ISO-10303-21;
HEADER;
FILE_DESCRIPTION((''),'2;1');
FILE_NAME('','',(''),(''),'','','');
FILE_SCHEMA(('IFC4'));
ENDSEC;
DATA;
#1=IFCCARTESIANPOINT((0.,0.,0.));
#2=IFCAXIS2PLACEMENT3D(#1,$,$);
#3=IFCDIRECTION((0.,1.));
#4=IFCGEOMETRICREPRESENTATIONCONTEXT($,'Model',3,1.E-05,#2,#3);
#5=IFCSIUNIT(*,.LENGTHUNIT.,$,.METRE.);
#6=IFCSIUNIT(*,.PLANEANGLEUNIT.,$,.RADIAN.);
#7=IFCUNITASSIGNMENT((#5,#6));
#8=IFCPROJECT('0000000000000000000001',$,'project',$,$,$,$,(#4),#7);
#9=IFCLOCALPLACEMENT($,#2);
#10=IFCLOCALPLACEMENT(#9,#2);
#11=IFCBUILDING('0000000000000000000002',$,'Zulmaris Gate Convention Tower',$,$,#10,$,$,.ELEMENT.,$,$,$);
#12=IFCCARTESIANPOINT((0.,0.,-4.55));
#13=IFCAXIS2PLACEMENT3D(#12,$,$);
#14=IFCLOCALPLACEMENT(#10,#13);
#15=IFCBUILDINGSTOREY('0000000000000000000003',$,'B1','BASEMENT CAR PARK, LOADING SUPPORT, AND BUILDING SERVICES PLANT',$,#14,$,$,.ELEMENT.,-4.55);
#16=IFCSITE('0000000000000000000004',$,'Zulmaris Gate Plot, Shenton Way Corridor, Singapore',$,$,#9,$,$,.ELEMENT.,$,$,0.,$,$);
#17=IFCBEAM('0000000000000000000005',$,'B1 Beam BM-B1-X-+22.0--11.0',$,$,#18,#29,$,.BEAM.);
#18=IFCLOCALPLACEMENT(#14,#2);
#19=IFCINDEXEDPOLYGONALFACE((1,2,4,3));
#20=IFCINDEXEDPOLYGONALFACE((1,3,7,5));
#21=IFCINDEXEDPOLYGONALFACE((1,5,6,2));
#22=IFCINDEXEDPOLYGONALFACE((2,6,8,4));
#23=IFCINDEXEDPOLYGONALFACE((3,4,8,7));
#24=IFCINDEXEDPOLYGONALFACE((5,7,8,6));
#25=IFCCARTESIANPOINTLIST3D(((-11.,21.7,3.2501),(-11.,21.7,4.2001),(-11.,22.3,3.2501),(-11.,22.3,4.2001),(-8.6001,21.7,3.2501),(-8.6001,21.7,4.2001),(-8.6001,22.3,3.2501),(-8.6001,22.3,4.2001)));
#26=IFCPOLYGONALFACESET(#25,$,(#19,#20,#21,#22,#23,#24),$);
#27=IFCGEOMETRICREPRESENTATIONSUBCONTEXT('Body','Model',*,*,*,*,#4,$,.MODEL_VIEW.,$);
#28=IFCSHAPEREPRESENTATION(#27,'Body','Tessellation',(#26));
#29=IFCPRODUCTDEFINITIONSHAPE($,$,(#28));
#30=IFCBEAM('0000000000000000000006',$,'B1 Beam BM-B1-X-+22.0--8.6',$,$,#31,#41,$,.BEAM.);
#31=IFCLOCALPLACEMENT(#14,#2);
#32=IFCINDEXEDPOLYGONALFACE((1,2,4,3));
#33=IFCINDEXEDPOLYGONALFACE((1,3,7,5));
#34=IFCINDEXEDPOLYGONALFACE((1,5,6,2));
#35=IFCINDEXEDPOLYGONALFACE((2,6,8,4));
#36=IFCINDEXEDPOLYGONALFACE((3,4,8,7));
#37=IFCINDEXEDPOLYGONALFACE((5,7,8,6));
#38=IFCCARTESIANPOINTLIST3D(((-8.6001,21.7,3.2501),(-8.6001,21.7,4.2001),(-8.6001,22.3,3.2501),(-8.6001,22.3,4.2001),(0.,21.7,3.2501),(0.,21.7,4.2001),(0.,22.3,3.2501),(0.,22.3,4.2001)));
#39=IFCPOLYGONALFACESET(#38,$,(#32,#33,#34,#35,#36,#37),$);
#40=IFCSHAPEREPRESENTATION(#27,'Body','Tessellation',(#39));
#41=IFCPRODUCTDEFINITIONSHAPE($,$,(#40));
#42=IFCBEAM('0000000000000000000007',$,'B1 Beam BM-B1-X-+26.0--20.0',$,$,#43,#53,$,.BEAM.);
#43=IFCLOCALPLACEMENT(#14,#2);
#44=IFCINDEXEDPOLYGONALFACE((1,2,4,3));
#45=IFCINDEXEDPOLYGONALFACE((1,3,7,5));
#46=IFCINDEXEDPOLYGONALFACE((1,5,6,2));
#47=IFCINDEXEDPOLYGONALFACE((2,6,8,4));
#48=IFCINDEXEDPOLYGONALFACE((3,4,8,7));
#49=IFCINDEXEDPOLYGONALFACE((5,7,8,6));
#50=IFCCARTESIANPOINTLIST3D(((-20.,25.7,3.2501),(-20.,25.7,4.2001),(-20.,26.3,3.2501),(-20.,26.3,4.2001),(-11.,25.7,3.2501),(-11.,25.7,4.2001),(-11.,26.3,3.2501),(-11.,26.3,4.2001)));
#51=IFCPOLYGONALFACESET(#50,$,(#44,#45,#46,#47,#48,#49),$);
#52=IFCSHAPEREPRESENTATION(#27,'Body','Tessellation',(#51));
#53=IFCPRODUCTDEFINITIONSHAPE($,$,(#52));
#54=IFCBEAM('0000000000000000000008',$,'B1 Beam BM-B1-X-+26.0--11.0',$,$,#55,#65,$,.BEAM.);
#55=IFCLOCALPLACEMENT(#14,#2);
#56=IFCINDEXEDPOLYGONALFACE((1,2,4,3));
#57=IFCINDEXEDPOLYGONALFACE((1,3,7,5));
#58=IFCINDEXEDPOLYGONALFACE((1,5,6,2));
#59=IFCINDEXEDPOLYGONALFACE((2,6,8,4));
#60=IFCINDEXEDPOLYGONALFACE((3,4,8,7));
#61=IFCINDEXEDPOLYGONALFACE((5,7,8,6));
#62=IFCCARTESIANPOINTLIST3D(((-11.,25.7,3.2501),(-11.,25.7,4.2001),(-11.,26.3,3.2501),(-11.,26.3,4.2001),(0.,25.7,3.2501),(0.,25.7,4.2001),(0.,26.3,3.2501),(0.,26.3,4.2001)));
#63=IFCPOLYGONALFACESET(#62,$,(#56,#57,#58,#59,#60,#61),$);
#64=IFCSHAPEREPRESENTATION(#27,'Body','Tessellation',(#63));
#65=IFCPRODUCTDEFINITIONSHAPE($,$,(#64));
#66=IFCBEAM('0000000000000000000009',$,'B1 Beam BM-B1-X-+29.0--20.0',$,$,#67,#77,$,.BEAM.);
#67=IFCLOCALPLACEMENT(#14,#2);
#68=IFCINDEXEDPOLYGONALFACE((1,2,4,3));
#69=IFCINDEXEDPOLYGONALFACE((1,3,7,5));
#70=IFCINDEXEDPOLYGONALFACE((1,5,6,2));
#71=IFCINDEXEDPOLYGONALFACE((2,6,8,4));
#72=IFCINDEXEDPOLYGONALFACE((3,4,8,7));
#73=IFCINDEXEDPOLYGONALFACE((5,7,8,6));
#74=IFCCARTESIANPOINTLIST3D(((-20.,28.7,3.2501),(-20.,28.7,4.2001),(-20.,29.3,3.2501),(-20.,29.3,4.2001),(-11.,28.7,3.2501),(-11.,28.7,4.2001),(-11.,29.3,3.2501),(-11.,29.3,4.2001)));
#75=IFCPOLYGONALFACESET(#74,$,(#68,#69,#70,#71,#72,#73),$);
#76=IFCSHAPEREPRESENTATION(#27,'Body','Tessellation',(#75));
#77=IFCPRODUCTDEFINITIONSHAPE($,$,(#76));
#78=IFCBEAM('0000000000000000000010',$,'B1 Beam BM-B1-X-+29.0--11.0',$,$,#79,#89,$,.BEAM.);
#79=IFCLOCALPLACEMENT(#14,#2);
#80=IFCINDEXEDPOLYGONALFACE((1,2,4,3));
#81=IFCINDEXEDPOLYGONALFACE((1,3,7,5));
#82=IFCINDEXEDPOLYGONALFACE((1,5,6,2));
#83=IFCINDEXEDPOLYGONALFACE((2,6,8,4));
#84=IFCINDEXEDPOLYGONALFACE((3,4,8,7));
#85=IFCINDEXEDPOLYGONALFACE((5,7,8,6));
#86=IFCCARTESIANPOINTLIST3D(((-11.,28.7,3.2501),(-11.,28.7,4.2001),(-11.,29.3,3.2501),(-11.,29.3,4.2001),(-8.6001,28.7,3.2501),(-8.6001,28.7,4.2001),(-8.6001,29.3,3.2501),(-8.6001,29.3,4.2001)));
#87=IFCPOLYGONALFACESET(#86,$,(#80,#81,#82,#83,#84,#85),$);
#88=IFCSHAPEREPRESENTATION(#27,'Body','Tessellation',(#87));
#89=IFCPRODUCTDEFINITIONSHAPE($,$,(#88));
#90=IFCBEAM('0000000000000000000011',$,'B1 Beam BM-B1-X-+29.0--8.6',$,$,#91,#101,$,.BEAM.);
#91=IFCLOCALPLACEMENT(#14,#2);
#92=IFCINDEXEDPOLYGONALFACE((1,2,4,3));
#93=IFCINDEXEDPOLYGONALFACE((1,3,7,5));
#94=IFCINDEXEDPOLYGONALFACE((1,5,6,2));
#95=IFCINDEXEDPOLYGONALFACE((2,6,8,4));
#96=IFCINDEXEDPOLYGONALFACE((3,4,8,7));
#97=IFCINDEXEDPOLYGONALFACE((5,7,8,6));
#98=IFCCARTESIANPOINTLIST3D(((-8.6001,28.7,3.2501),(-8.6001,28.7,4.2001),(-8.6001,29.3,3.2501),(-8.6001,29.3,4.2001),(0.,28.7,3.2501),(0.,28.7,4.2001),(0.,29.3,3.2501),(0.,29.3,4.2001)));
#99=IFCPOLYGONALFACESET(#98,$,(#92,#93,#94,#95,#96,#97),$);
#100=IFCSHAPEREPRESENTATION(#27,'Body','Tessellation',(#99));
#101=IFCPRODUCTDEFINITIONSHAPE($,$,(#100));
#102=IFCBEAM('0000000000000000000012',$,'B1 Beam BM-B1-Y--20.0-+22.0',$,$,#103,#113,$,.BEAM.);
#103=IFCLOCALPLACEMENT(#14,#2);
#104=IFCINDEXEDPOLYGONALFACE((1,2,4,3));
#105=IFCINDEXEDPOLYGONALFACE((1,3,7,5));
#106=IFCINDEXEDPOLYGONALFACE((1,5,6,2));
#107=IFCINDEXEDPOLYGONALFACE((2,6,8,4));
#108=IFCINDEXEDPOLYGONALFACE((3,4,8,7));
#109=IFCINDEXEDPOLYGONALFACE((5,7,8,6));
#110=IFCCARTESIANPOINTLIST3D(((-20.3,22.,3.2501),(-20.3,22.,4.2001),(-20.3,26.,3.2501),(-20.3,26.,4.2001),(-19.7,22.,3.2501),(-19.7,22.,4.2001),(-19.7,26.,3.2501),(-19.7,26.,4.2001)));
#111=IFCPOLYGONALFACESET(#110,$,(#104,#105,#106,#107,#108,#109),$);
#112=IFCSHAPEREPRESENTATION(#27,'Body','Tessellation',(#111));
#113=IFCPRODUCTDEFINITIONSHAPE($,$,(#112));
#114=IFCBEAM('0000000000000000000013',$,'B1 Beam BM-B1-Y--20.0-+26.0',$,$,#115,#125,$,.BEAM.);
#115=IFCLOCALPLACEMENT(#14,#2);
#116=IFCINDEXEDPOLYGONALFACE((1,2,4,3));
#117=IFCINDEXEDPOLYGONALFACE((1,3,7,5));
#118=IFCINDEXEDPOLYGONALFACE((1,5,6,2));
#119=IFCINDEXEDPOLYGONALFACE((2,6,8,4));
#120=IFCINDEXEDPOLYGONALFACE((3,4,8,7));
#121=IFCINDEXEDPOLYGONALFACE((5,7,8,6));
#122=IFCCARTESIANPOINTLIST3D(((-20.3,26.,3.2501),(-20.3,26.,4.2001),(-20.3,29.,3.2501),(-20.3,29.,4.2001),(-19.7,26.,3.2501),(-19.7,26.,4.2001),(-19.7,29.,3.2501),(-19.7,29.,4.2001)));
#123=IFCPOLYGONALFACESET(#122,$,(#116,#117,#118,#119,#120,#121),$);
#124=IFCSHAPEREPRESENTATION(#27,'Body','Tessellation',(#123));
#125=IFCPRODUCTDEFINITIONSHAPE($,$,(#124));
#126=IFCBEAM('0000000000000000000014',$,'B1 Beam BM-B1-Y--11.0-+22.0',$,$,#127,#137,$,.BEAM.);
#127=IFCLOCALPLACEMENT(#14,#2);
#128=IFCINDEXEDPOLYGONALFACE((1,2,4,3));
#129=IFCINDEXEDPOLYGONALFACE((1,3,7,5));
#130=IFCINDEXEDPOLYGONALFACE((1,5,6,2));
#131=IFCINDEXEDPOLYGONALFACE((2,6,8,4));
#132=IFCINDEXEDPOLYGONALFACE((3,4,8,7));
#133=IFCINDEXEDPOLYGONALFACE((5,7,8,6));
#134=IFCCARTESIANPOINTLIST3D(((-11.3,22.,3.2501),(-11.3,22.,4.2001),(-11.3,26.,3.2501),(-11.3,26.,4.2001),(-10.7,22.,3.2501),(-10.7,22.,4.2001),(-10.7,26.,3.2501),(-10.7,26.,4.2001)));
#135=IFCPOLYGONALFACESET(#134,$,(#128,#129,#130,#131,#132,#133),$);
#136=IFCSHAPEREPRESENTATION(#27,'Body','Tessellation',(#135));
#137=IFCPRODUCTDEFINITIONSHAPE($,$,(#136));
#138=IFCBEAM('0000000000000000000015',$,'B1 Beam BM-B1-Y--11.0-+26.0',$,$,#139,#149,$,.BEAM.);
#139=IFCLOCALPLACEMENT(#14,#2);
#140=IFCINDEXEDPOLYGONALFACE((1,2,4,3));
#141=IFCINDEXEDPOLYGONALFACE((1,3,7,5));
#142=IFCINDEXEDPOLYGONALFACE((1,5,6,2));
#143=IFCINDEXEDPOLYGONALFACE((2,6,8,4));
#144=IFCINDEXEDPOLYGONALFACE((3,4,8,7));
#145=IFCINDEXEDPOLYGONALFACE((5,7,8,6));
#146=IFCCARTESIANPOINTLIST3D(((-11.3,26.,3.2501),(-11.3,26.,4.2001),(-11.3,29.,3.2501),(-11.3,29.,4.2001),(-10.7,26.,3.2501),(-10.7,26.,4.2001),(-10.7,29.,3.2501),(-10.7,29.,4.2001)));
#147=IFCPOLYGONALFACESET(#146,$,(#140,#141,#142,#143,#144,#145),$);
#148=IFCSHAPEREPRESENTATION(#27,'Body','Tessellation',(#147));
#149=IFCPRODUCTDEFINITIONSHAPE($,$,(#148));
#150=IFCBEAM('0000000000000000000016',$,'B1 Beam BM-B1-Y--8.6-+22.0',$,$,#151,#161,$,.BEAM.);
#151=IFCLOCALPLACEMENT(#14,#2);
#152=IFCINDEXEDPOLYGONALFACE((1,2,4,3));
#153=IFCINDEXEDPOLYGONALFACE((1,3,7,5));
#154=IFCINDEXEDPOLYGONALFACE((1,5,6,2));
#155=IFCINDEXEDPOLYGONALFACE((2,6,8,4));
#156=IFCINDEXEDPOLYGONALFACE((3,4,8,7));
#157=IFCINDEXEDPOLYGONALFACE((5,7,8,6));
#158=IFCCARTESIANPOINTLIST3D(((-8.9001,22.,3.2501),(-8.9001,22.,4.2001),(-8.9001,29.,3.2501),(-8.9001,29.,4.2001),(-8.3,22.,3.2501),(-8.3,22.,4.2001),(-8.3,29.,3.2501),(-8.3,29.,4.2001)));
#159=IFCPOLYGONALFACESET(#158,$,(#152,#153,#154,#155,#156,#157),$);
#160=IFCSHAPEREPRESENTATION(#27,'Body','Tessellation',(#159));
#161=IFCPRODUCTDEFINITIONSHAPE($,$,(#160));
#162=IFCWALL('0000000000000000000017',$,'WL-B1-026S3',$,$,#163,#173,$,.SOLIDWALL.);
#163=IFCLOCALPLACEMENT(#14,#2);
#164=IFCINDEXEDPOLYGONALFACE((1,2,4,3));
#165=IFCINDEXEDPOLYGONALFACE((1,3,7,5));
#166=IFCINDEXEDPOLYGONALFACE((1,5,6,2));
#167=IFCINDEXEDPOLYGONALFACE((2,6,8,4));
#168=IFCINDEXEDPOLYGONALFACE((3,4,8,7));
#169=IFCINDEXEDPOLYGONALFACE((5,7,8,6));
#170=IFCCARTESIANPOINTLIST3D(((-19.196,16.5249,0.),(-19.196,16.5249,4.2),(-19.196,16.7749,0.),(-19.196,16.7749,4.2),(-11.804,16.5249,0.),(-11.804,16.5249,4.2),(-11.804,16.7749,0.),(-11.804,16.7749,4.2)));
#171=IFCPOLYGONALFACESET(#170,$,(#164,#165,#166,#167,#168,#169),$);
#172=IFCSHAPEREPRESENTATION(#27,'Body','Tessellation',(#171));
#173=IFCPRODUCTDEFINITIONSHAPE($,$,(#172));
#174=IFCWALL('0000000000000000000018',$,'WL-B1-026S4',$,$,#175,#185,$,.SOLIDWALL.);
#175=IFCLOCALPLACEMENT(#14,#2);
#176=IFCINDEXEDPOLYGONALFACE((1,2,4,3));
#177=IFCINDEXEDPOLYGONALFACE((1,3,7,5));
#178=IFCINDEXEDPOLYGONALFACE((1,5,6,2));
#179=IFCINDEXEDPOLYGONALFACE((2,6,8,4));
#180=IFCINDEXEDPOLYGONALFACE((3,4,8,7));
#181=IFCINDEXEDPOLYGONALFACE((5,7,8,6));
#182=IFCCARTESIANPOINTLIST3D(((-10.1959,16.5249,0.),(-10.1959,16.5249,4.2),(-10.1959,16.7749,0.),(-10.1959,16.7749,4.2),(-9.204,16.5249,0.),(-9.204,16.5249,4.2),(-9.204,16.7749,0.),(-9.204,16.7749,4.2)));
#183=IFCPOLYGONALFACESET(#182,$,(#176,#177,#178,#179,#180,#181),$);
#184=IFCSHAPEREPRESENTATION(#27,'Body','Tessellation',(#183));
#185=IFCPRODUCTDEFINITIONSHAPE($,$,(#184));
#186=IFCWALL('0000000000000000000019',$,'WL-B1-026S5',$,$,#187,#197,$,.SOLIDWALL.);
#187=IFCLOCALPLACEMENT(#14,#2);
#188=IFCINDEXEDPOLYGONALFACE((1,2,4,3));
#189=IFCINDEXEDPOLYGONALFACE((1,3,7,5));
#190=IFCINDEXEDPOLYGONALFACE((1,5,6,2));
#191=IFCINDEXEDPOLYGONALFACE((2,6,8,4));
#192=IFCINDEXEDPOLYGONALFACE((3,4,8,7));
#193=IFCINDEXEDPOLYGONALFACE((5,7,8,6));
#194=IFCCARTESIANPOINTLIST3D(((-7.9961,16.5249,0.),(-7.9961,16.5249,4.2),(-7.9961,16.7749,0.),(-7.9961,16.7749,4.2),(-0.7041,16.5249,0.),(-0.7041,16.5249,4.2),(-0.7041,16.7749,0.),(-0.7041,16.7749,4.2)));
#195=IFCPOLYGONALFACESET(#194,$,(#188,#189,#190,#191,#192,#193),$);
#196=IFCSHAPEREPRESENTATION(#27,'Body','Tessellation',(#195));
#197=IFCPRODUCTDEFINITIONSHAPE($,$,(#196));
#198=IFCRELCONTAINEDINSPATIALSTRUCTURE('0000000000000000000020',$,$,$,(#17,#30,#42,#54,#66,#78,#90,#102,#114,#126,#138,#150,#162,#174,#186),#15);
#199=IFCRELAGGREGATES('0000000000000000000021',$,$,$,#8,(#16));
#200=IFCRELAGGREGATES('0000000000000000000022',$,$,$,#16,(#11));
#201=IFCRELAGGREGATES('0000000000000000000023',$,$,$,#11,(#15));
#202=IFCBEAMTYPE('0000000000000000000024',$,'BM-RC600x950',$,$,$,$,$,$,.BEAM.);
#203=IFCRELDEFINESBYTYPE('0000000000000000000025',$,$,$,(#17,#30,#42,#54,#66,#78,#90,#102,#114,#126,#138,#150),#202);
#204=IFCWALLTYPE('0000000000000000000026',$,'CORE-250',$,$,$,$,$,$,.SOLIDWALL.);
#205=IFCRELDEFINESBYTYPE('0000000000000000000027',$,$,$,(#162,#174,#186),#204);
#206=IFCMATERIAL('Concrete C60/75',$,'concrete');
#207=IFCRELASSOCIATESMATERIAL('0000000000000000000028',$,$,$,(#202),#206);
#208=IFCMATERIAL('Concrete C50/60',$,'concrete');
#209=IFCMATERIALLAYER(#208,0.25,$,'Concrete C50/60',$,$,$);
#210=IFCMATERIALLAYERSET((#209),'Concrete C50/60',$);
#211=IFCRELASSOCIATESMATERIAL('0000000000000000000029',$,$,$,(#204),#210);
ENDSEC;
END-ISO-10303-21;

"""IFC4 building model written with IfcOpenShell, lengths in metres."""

from ifc_helpers import new_model, si_unit, direction, frame, frame_2d, origin, origin_2d, place, context, subcontext, project, spatial, rectangle, extrude, material, layer, layer_set, material_profile, profile_set, type_object, element, save


model = new_model("IFC4")

# Units and contexts
model_context = context("Model", 3, precision=1e-05, world=origin(), true_north=direction((0.0, 1.0)))
body_context = subcontext(model_context, "Body", "Model", "MODEL_VIEW")
ifc_project = project(units=[si_unit("LENGTHUNIT", "METRE"), si_unit("PLANEANGLEUNIT", "RADIAN")], contexts=[model_context])

# Site, building, storey
site_placement = place(None, origin())
site = spatial("IfcSite", under=ifc_project, at=site_placement, Name="Zulmaris Gate Plot, Shenton Way Corridor, Singapore", CompositionType="ELEMENT", RefElevation=0.0)
building_placement = place(site_placement, origin())
building = spatial("IfcBuilding", under=site, at=building_placement, Name="Zulmaris Gate Convention Tower", CompositionType="ELEMENT")
storey_placement = place(building_placement, frame((0.0, 0.0, -4.55)))
storey = spatial("IfcBuildingStorey", under=building, at=storey_placement, Name="B1", Description="BASEMENT CAR PARK, LOADING SUPPORT, AND BUILDING SERVICES PLANT", CompositionType="ELEMENT", Elevation=-4.55)

# Beams
ifc_material_1 = material(Name="Concrete C60/75", Category="concrete")
ifc_material_profile_1 = material_profile(ifc_material_1, rectangle(XDim=0.6001, YDim=0.95, at=origin_2d()), Name="RC BEAM 600x950")
ifc_profile_set_1 = profile_set([ifc_material_profile_1], Name="Concrete C60/75")
beam_type = type_object("IfcBeamType", Name="BM-RC600x950", PredefinedType="BEAM", material=ifc_profile_set_1)
beam_1_placement = place(storey_placement, frame((-11.0, 22.0, 3.7251), z_axis=(1.0, 0.0, 0.0), x_axis=(0.0, 1.0, 0.0)))
element("IfcBeam", 1, at=beam_1_placement, inside=storey, type_object=beam_type, Name="B1 Beam BM-B1-X-+22.0--11.0", PredefinedType="BEAM", context=body_context, shape_type="SweptSolid", body=[
    extrude(rectangle(XDim=0.6001, YDim=0.95, at=origin_2d()), origin(), (0.0, 0.0, 1.0), 2.3999),
])
beam_2_placement = place(storey_placement, frame((-8.6001, 22.0, 3.7251), z_axis=(1.0, 0.0, 0.0), x_axis=(0.0, 1.0, 0.0)))
element("IfcBeam", 2, at=beam_2_placement, inside=storey, type_object=beam_type, Name="B1 Beam BM-B1-X-+22.0--8.6", PredefinedType="BEAM", context=body_context, shape_type="SweptSolid", body=[
    extrude(rectangle(XDim=0.6001, YDim=0.95, at=origin_2d()), origin(), (0.0, 0.0, 1.0), 8.6001),
])
beam_3_placement = place(storey_placement, frame((-20.0, 26.0, 3.7251), z_axis=(1.0, 0.0, 0.0), x_axis=(0.0, 1.0, 0.0)))
element("IfcBeam", 3, at=beam_3_placement, inside=storey, type_object=beam_type, Name="B1 Beam BM-B1-X-+26.0--20.0", PredefinedType="BEAM", context=body_context, shape_type="SweptSolid", body=[
    extrude(rectangle(XDim=0.6001, YDim=0.95, at=origin_2d()), origin(), (0.0, 0.0, 1.0), 9.0),
])
beam_4_placement = place(storey_placement, frame((-11.0, 26.0, 3.7251), z_axis=(1.0, 0.0, 0.0), x_axis=(0.0, 1.0, 0.0)))
element("IfcBeam", 4, at=beam_4_placement, inside=storey, type_object=beam_type, Name="B1 Beam BM-B1-X-+26.0--11.0", PredefinedType="BEAM", context=body_context, shape_type="SweptSolid", body=[
    extrude(rectangle(XDim=0.6001, YDim=0.95, at=origin_2d()), origin(), (0.0, 0.0, 1.0), 11.0),
])
beam_5_placement = place(storey_placement, frame((-20.0, 29.0, 3.7251), z_axis=(1.0, 0.0, 0.0), x_axis=(0.0, 1.0, 0.0)))
element("IfcBeam", 5, at=beam_5_placement, inside=storey, type_object=beam_type, Name="B1 Beam BM-B1-X-+29.0--20.0", PredefinedType="BEAM", context=body_context, shape_type="SweptSolid", body=[
    extrude(rectangle(XDim=0.6001, YDim=0.95, at=origin_2d()), origin(), (0.0, 0.0, 1.0), 9.0),
])
beam_6_placement = place(storey_placement, frame((-11.0, 29.0, 3.7251), z_axis=(1.0, 0.0, 0.0), x_axis=(0.0, 1.0, 0.0)))
element("IfcBeam", 6, at=beam_6_placement, inside=storey, type_object=beam_type, Name="B1 Beam BM-B1-X-+29.0--11.0", PredefinedType="BEAM", context=body_context, shape_type="SweptSolid", body=[
    extrude(rectangle(XDim=0.6001, YDim=0.95, at=origin_2d()), origin(), (0.0, 0.0, 1.0), 2.3999),
])
beam_7_placement = place(storey_placement, frame((-8.6001, 29.0, 3.7251), z_axis=(1.0, 0.0, 0.0), x_axis=(0.0, 1.0, 0.0)))
element("IfcBeam", 7, at=beam_7_placement, inside=storey, type_object=beam_type, Name="B1 Beam BM-B1-X-+29.0--8.6", PredefinedType="BEAM", context=body_context, shape_type="SweptSolid", body=[
    extrude(rectangle(XDim=0.6001, YDim=0.95, at=origin_2d()), origin(), (0.0, 0.0, 1.0), 8.6001),
])
beam_8_placement = place(storey_placement, frame((-20.0, 22.0, 3.7251), z_axis=(0.0, 1.0, 0.0), x_axis=(-1.0, 0.0, 0.0)))
element("IfcBeam", 8, at=beam_8_placement, inside=storey, type_object=beam_type, Name="B1 Beam BM-B1-Y--20.0-+22.0", PredefinedType="BEAM", context=body_context, shape_type="SweptSolid", body=[
    extrude(rectangle(XDim=0.6001, YDim=0.95, at=origin_2d()), origin(), (0.0, 0.0, 1.0), 4.0),
])
beam_9_placement = place(storey_placement, frame((-20.0, 26.0, 3.7251), z_axis=(0.0, 1.0, 0.0), x_axis=(-1.0, 0.0, 0.0)))
element("IfcBeam", 9, at=beam_9_placement, inside=storey, type_object=beam_type, Name="B1 Beam BM-B1-Y--20.0-+26.0", PredefinedType="BEAM", context=body_context, shape_type="SweptSolid", body=[
    extrude(rectangle(XDim=0.6001, YDim=0.95, at=origin_2d()), origin(), (0.0, 0.0, 1.0), 3.0),
])
beam_10_placement = place(storey_placement, frame((-11.0, 22.0, 3.7251), z_axis=(0.0, 1.0, 0.0), x_axis=(-1.0, 0.0, 0.0)))
element("IfcBeam", 10, at=beam_10_placement, inside=storey, type_object=beam_type, Name="B1 Beam BM-B1-Y--11.0-+22.0", PredefinedType="BEAM", context=body_context, shape_type="SweptSolid", body=[
    extrude(rectangle(XDim=0.6001, YDim=0.95, at=origin_2d()), origin(), (0.0, 0.0, 1.0), 4.0),
])
beam_11_placement = place(storey_placement, frame((-11.0, 26.0, 3.7251), z_axis=(0.0, 1.0, 0.0), x_axis=(-1.0, 0.0, 0.0)))
element("IfcBeam", 11, at=beam_11_placement, inside=storey, type_object=beam_type, Name="B1 Beam BM-B1-Y--11.0-+26.0", PredefinedType="BEAM", context=body_context, shape_type="SweptSolid", body=[
    extrude(rectangle(XDim=0.6001, YDim=0.95, at=origin_2d()), origin(), (0.0, 0.0, 1.0), 3.0),
])
beam_12_placement = place(storey_placement, frame((-8.6001, 22.0, 3.7251), z_axis=(0.0, 1.0, 0.0), x_axis=(-1.0, 0.0, 0.0)))
element("IfcBeam", 12, at=beam_12_placement, inside=storey, type_object=beam_type, Name="B1 Beam BM-B1-Y--8.6-+22.0", PredefinedType="BEAM", context=body_context, shape_type="SweptSolid", body=[
    extrude(rectangle(XDim=0.6001, YDim=0.95, at=origin_2d()), origin(), (0.0, 0.0, 1.0), 7.0),
])

# Walls
ifc_material_2 = material(Name="Concrete C50/60", Category="concrete")
ifc_layer_1 = layer(ifc_material_2, 0.25, Name="Concrete C50/60")
ifc_layer_set_1 = layer_set([ifc_layer_1], Name="Concrete C50/60")
wall_type_1 = type_object("IfcWallType", Name="CORE-250", PredefinedType="SOLIDWALL", material=ifc_layer_set_1)
wall_1_placement = place(storey_placement, frame((-19.196, 16.6499, 0.0), z_axis=(0.0, 0.0, 1.0), x_axis=(1.0, 0.0, 0.0)))
element("IfcWall", 13, at=wall_1_placement, inside=storey, type_object=wall_type_1, Name="WL-B1-026S3", PredefinedType="SOLIDWALL", context=body_context, shape_type="SweptSolid", body=[
    extrude(rectangle(XDim=7.3921, YDim=0.25, at=frame_2d((3.696, 0.0))), origin(), (0.0, 0.0, 1.0), 4.2),
])
wall_2_placement = place(storey_placement, frame((-10.196, 16.6499, 0.0), z_axis=(0.0, 0.0, 1.0), x_axis=(1.0, 0.0, 0.0)))
element("IfcWall", 14, at=wall_2_placement, inside=storey, type_object=wall_type_1, Name="WL-B1-026S4", PredefinedType="SOLIDWALL", context=body_context, shape_type="SweptSolid", body=[
    extrude(rectangle(XDim=0.9919, YDim=0.25, at=frame_2d((0.4961, 0.0))), origin(), (0.0, 0.0, 1.0), 4.2),
])
wall_3_placement = place(storey_placement, frame((-7.9961, 16.6499, 0.0), z_axis=(0.0, 0.0, 1.0), x_axis=(1.0, 0.0, 0.0)))
element("IfcWall", 15, at=wall_3_placement, inside=storey, type_object=wall_type_1, Name="WL-B1-026S5", PredefinedType="SOLIDWALL", context=body_context, shape_type="SweptSolid", body=[
    extrude(rectangle(XDim=7.292, YDim=0.25, at=frame_2d((3.646, 0.0))), origin(), (0.0, 0.0, 1.0), 4.2),
])

save(model, "model.ifc")
